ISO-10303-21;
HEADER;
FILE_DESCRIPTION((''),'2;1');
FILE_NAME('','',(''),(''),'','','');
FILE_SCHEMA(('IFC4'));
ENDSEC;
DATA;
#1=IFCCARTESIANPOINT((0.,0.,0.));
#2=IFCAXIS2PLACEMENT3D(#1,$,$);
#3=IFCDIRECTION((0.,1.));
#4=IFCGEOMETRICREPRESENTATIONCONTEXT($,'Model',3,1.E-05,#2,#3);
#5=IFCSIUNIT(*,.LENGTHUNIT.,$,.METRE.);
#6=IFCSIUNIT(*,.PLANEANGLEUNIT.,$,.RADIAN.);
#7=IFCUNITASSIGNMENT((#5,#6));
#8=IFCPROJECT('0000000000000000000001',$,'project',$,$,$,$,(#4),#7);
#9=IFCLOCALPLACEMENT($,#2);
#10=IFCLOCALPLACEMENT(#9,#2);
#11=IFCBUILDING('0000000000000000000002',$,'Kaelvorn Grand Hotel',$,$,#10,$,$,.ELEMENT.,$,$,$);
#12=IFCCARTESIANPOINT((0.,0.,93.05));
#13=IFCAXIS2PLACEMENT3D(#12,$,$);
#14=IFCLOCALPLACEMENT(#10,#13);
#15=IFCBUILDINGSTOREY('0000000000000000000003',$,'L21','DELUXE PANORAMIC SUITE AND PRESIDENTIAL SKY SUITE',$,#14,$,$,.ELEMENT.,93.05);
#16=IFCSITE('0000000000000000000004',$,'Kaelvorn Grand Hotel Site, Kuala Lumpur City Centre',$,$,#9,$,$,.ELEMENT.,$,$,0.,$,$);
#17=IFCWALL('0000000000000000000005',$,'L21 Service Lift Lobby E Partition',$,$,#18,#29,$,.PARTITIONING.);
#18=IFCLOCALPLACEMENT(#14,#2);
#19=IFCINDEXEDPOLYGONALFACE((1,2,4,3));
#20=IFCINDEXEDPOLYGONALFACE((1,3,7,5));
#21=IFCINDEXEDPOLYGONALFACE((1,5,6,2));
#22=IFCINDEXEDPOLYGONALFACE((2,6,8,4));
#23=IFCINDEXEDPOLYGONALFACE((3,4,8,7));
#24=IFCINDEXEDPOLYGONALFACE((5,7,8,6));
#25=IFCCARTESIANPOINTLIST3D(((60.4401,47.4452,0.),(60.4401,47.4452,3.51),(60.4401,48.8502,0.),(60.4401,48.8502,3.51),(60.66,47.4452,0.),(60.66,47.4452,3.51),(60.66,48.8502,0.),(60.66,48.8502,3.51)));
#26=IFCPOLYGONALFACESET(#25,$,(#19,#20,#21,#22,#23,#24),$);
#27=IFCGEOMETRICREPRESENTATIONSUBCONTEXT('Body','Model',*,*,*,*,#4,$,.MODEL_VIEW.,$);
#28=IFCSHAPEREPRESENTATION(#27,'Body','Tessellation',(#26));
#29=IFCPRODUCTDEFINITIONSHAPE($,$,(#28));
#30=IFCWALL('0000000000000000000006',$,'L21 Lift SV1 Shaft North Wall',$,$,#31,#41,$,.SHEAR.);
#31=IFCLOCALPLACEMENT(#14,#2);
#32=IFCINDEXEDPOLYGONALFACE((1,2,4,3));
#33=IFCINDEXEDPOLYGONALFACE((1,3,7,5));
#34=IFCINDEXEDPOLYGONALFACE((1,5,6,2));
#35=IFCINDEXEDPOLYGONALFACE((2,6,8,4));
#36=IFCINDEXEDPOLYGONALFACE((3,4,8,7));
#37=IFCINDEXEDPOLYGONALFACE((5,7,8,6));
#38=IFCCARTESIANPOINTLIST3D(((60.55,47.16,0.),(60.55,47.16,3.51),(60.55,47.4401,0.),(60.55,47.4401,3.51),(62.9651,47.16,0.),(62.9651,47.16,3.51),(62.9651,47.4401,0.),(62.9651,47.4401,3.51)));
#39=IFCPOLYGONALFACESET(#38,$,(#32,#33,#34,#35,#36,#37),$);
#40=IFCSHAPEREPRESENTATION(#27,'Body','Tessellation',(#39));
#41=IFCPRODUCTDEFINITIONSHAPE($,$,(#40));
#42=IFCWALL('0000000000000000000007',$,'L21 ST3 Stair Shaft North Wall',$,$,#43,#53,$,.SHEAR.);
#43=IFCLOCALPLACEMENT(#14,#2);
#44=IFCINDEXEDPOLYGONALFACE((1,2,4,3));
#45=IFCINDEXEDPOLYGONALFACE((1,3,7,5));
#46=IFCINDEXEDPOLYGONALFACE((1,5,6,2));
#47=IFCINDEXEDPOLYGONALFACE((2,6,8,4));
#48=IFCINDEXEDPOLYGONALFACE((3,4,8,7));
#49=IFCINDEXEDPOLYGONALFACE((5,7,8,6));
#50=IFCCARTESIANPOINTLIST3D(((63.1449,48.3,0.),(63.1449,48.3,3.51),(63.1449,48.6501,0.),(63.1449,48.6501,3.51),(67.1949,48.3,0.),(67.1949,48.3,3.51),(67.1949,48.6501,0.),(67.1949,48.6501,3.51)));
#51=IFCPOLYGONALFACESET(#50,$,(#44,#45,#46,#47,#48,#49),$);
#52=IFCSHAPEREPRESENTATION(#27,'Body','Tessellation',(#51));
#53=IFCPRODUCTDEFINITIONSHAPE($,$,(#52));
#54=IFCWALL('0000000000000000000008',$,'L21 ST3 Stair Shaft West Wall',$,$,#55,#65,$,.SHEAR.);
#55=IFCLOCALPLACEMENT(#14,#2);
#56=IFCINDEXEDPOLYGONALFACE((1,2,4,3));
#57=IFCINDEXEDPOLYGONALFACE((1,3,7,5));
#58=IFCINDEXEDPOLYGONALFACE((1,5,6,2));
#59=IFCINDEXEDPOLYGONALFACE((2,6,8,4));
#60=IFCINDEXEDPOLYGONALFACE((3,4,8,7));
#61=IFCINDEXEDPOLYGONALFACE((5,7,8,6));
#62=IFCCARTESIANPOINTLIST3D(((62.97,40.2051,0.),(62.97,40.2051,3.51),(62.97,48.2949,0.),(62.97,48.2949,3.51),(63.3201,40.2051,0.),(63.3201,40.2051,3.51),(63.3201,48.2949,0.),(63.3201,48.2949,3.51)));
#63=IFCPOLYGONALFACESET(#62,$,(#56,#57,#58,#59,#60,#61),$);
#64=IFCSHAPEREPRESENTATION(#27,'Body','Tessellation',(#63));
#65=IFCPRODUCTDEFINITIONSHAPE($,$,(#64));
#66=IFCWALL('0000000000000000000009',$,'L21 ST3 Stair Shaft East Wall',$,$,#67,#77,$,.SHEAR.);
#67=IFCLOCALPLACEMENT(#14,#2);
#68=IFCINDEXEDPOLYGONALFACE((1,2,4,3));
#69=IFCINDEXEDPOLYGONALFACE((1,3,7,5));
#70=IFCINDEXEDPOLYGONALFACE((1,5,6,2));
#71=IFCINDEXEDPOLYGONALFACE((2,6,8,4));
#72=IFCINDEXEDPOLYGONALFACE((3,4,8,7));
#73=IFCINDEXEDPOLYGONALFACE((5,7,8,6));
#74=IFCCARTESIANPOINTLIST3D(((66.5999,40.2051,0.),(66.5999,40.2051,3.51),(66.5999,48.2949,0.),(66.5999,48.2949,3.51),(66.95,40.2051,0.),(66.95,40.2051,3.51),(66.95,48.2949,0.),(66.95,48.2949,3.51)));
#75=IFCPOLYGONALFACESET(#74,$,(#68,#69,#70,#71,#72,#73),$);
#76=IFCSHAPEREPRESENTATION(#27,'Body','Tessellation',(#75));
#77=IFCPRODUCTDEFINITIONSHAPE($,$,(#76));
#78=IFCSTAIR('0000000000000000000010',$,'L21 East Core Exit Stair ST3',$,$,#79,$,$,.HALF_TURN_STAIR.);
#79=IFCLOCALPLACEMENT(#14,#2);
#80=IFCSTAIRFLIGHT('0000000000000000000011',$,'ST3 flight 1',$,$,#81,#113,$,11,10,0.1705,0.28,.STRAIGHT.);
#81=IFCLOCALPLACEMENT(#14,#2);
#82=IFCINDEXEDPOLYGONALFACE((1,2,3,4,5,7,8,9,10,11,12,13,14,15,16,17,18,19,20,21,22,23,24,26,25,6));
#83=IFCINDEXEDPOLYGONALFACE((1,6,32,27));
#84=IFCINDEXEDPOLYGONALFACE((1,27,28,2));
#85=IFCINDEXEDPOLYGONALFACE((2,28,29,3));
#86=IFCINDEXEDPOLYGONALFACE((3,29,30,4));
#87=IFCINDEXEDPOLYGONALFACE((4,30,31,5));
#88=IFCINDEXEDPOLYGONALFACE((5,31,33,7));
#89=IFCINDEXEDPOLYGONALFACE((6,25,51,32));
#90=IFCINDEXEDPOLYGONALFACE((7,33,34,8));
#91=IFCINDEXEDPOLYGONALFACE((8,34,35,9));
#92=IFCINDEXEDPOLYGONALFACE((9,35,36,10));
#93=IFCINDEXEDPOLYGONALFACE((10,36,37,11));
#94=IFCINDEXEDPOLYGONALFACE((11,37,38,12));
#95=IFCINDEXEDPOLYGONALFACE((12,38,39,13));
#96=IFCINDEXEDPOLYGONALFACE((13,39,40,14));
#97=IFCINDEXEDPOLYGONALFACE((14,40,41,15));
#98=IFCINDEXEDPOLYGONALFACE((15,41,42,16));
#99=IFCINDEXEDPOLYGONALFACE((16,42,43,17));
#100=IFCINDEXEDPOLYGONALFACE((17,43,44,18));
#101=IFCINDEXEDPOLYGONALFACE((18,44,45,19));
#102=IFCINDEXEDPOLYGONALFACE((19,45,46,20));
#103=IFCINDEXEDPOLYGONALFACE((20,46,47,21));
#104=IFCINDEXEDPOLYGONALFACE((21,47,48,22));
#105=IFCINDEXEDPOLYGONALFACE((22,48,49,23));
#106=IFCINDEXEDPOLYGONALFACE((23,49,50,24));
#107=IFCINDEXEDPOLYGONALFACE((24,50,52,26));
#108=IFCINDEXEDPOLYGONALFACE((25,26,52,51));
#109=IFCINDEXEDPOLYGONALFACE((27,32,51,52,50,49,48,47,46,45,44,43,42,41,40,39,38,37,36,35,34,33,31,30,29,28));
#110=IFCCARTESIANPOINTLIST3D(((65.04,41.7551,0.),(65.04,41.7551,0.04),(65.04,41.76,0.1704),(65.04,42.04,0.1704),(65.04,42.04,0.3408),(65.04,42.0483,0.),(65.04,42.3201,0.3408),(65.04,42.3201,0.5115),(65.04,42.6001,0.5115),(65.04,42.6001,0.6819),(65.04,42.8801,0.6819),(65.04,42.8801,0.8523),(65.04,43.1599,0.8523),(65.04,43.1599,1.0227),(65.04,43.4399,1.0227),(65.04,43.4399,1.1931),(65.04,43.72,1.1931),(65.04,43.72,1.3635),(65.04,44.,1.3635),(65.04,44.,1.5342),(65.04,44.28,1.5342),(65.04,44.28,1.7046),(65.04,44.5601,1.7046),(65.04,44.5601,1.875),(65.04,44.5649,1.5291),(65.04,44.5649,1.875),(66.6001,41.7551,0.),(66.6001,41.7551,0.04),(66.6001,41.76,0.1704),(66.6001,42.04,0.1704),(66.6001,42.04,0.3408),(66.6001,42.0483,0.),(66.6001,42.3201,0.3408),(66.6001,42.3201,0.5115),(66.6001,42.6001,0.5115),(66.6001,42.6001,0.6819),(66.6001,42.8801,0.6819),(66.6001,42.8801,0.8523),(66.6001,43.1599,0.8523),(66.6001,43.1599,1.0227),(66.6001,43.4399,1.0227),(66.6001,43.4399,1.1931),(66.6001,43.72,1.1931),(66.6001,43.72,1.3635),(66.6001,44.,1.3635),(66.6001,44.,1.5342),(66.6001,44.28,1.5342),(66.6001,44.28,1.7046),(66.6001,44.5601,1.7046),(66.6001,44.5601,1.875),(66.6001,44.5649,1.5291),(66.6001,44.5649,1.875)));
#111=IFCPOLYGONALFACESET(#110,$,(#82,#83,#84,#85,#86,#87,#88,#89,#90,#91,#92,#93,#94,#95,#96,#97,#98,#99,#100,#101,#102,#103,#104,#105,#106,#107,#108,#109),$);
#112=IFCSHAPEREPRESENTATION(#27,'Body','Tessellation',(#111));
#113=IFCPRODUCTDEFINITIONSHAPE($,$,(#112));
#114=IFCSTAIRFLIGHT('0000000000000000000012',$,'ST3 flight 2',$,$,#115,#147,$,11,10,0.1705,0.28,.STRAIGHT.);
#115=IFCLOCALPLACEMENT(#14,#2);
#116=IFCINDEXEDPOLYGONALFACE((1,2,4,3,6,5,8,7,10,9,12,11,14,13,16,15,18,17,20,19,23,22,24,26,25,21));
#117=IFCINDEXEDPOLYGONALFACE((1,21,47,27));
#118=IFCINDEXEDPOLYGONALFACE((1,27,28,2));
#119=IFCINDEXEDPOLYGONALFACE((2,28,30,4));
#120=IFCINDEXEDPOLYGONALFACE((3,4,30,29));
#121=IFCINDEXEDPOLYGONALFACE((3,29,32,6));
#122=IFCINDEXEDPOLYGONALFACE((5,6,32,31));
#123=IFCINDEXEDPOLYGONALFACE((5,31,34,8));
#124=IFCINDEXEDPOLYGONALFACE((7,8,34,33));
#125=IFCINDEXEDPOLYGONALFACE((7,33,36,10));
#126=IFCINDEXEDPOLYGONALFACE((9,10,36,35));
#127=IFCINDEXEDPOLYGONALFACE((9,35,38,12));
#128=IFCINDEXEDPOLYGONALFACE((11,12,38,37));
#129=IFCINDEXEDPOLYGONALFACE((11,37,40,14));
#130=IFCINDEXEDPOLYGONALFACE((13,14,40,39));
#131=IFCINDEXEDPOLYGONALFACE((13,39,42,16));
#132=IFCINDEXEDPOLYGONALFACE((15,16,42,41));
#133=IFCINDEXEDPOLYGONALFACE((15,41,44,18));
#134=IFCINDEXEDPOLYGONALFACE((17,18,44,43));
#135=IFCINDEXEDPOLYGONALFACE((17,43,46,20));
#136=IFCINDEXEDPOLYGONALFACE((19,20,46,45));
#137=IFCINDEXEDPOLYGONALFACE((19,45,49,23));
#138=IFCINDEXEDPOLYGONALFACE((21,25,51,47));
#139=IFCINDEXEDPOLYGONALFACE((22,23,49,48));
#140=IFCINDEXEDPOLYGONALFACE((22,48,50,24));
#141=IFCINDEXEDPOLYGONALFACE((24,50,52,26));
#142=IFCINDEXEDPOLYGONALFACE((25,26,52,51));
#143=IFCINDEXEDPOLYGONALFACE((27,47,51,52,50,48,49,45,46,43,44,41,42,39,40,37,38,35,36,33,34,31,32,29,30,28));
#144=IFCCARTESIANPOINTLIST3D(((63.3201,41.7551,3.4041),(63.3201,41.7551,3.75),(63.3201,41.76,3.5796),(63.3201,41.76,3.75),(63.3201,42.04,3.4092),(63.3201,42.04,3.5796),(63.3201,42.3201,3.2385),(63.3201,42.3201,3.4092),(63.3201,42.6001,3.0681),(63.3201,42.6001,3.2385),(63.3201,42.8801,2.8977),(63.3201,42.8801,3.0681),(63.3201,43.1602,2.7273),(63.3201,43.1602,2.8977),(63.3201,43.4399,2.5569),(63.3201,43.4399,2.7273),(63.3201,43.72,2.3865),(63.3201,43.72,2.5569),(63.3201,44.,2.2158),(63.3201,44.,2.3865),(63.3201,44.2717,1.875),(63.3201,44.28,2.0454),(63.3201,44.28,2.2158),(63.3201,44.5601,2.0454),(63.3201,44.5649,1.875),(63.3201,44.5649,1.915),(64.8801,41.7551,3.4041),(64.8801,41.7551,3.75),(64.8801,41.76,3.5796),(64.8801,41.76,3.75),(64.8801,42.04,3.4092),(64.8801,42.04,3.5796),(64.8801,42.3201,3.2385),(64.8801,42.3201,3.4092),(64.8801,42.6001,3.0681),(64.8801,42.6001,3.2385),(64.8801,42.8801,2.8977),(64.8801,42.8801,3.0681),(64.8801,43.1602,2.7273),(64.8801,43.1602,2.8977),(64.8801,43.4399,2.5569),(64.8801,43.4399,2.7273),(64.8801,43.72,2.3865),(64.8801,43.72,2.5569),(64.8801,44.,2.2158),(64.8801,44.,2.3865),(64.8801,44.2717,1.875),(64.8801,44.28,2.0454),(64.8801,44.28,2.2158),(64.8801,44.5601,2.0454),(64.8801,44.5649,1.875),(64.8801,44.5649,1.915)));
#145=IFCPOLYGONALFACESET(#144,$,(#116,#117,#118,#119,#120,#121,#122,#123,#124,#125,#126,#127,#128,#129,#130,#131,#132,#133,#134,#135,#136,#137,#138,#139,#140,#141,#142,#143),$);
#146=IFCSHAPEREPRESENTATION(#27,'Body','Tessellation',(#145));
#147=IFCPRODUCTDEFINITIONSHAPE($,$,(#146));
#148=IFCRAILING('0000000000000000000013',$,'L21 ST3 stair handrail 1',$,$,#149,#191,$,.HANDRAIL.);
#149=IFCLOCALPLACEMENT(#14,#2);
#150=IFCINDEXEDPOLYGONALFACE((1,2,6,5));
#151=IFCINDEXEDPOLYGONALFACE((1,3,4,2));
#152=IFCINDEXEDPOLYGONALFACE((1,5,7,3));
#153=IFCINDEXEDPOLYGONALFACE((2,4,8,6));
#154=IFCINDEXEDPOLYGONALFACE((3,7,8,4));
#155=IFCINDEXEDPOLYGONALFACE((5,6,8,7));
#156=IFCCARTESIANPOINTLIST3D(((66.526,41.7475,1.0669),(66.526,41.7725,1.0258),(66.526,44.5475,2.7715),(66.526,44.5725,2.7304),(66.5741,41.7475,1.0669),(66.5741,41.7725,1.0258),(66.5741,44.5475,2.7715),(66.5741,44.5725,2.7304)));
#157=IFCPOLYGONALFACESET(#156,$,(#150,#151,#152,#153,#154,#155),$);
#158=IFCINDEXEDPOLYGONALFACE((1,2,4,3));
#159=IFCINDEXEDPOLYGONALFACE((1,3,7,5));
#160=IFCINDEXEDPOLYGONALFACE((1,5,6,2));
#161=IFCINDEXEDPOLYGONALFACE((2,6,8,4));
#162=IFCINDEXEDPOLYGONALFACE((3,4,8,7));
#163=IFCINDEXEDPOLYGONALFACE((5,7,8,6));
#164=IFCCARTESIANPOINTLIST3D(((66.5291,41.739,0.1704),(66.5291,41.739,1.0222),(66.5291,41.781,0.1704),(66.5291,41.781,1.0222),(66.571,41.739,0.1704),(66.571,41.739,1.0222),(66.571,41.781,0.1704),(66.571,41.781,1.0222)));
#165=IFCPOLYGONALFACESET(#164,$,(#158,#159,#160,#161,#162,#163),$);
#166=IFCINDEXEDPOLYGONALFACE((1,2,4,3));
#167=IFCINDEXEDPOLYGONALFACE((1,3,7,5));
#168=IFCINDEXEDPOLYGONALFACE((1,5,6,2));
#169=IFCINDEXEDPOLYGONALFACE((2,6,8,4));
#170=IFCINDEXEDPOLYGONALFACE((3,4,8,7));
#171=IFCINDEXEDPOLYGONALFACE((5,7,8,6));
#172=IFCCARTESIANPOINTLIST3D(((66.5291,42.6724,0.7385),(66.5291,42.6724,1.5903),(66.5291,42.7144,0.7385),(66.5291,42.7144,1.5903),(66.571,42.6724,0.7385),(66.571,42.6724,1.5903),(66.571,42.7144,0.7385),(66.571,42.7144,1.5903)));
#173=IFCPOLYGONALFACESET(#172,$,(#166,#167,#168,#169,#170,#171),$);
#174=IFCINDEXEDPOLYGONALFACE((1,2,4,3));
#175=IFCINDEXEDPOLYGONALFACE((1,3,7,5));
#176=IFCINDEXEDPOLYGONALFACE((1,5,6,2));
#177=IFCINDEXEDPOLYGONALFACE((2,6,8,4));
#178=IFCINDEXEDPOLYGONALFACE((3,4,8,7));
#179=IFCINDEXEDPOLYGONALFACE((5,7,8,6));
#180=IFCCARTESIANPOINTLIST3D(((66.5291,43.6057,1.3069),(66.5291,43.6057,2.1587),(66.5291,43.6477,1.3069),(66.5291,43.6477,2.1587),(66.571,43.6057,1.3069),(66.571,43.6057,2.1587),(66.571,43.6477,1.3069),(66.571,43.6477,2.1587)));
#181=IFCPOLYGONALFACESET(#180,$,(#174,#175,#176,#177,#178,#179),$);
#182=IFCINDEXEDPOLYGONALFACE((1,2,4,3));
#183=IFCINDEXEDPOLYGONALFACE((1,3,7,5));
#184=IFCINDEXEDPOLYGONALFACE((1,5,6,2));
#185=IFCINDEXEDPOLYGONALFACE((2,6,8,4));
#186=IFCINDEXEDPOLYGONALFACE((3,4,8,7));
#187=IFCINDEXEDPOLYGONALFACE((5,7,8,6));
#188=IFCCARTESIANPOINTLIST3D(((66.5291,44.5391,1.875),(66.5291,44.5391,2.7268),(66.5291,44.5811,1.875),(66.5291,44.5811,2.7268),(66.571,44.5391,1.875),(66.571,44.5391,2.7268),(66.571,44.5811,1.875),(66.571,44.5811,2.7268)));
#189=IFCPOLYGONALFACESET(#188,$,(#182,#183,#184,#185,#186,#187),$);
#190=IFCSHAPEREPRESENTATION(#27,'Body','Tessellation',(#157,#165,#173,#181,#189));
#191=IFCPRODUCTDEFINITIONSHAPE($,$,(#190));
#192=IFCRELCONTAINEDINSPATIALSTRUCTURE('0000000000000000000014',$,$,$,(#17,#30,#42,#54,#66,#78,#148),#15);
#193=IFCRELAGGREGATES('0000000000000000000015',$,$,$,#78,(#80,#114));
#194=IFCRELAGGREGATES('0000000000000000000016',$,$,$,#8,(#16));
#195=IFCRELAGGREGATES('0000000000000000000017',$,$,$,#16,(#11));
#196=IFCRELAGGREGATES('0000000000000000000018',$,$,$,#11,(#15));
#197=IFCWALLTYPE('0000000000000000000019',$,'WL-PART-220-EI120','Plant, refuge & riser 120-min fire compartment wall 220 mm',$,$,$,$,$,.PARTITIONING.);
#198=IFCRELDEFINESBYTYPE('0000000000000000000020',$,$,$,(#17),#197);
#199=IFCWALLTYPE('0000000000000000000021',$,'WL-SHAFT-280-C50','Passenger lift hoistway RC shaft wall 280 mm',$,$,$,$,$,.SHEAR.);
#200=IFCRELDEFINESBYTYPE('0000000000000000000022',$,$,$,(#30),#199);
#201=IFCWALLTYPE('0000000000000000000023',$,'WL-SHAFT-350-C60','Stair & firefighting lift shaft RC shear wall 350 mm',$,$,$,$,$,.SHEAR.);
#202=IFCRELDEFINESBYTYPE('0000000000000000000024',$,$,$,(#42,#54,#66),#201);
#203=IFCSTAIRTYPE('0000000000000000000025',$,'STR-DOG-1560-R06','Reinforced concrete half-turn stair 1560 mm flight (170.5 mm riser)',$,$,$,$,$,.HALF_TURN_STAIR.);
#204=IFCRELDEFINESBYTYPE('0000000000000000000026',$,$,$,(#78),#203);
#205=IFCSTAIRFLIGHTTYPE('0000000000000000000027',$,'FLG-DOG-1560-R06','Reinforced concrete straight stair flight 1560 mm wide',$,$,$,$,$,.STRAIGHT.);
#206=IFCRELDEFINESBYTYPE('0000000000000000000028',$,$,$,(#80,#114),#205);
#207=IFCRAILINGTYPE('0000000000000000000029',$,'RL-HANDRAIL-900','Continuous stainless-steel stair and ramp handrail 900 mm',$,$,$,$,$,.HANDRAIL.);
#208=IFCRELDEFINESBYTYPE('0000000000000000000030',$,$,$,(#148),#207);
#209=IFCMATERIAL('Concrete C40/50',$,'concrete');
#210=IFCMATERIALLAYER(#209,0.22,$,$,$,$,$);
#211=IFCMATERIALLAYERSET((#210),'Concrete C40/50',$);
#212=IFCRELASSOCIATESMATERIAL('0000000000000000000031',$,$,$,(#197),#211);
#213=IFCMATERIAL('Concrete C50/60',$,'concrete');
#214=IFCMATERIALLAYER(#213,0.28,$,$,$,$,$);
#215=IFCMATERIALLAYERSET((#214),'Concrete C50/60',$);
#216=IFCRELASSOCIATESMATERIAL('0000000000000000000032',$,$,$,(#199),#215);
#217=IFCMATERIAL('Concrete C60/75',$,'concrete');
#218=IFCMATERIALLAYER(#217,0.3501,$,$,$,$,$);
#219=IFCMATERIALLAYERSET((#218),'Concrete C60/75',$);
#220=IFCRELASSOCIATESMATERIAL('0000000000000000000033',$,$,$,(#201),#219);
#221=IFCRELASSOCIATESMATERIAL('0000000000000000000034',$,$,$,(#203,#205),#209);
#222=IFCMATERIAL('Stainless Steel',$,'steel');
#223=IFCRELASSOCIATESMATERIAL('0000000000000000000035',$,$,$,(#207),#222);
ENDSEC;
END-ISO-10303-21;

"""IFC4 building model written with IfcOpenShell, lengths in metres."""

from ifc_helpers import new_model, si_unit, direction, frame, frame_2d, origin, origin_2d, place, context, subcontext, project, spatial, polyline, rectangle, outline, extrude, material, layer, layer_set, type_object, element, aggregate, save


model = new_model("IFC4")

# Units and contexts
model_context = context("Model", 3, precision=1e-05, world=origin(), true_north=direction((0.0, 1.0)))
body_context = subcontext(model_context, "Body", "Model", "MODEL_VIEW")
ifc_project = project(units=[si_unit("LENGTHUNIT", "METRE"), si_unit("PLANEANGLEUNIT", "RADIAN")], contexts=[model_context])

# Site, building, storey
site_placement = place(None, origin())
site = spatial("IfcSite", under=ifc_project, at=site_placement, Name="Kaelvorn Grand Hotel Site, Kuala Lumpur City Centre", CompositionType="ELEMENT", RefElevation=0.0)
building_placement = place(site_placement, origin())
building = spatial("IfcBuilding", under=site, at=building_placement, Name="Kaelvorn Grand Hotel", CompositionType="ELEMENT")
storey_placement = place(building_placement, frame((0.0, 0.0, 93.05)))
storey = spatial("IfcBuildingStorey", under=building, at=storey_placement, Name="L21", Description="DELUXE PANORAMIC SUITE AND PRESIDENTIAL SKY SUITE", CompositionType="ELEMENT", Elevation=93.05)

# Shared definitions
ifc_material_1 = material(Name="Concrete C60/75", Category="concrete")

# Walls
ifc_material_2 = material(Name="Concrete C40/50", Category="concrete")
ifc_layer_1 = layer(ifc_material_2, 0.22)
ifc_layer_set_1 = layer_set([ifc_layer_1], Name="Concrete C40/50")
wall_type_1 = type_object("IfcWallType", Name="WL-PART-220-EI120", Description="Plant, refuge & riser 120-min fire compartment wall 220 mm", PredefinedType="PARTITIONING", material=ifc_layer_set_1)
wall_1_placement = place(storey_placement, frame((60.55, 47.4451, 0.0), z_axis=(0.0, 0.0, 1.0), x_axis=(0.0, 1.0, 0.0)))
element("IfcWall", 1, at=wall_1_placement, inside=storey, type_object=wall_type_1, Name="L21 Service Lift Lobby E Partition", PredefinedType="PARTITIONING", context=body_context, shape_type="SweptSolid", body=[
    extrude(rectangle(XDim=1.405, YDim=0.22, at=frame_2d((0.7026, 0.0))), origin(), (0.0, 0.0, 1.0), 3.51),
])
ifc_material_3 = material(Name="Concrete C50/60", Category="concrete")
ifc_layer_2 = layer(ifc_material_3, 0.28)
ifc_layer_set_2 = layer_set([ifc_layer_2], Name="Concrete C50/60")
wall_type_2 = type_object("IfcWallType", Name="WL-SHAFT-280-C50", Description="Passenger lift hoistway RC shaft wall 280 mm", PredefinedType="SHEAR", material=ifc_layer_set_2)
wall_2_placement = place(storey_placement, frame((60.55, 47.3, 0.0), z_axis=(0.0, 0.0, 1.0), x_axis=(1.0, 0.0, 0.0)))
element("IfcWall", 2, at=wall_2_placement, inside=storey, type_object=wall_type_2, Name="L21 Lift SV1 Shaft North Wall", PredefinedType="SHEAR", context=body_context, shape_type="SweptSolid", body=[
    extrude(rectangle(XDim=2.415, YDim=0.28, at=frame_2d((1.2075, 0.0))), origin(), (0.0, 0.0, 1.0), 3.51),
])

# Shared definitions
ifc_layer_3 = layer(ifc_material_1, 0.3501)
ifc_layer_set_3 = layer_set([ifc_layer_3], Name="Concrete C60/75")
wall_type_3 = type_object("IfcWallType", Name="WL-SHAFT-350-C60", Description="Stair & firefighting lift shaft RC shear wall 350 mm", PredefinedType="SHEAR", material=ifc_layer_set_3)

# Walls
wall_3_placement = place(storey_placement, frame((63.145, 48.4751, 0.0), z_axis=(0.0, 0.0, 1.0), x_axis=(1.0, 0.0, 0.0)))
element("IfcWall", 3, at=wall_3_placement, inside=storey, type_object=wall_type_3, Name="L21 ST3 Stair Shaft North Wall", PredefinedType="SHEAR", context=body_context, shape_type="SweptSolid", body=[
    extrude(rectangle(XDim=4.05, YDim=0.3501, at=frame_2d((2.0249, 0.0))), origin(), (0.0, 0.0, 1.0), 3.51),
])
for number, where, z_axis, x_axis, name in (
    (4, (63.145, 40.2051, 0.0), (0.0, 0.0, 1.0), (0.0, 1.0, 0.0), "L21 ST3 Stair Shaft West Wall"),
    (5, (66.7749, 40.2051, 0.0), (0.0, 0.0, 1.0), (0.0, 1.0, 0.0), "L21 ST3 Stair Shaft East Wall"),
):
    element("IfcWall", number, at=place(storey_placement, frame(where, z_axis=z_axis, x_axis=x_axis)), inside=storey, type_object=wall_type_3, Name=name, PredefinedType="SHEAR", context=body_context, shape_type="SweptSolid", body=[
        extrude(rectangle(XDim=8.0898, YDim=0.3501, at=frame_2d((4.0449, 0.0))), origin(), (0.0, 0.0, 1.0), 3.51),
    ])

# Stair, stair flights
stair_type = type_object("IfcStairType", Name="STR-DOG-1560-R06", Description="Reinforced concrete half-turn stair 1560 mm flight (170.5 mm riser)", PredefinedType="HALF_TURN_STAIR", material=ifc_material_2)
stair_placement = place(storey_placement, origin())
stair = element("IfcStair", 6, at=stair_placement, inside=storey, type_object=stair_type, Name="L21 East Core Exit Stair ST3", PredefinedType="HALF_TURN_STAIR")
stair_flight_type = type_object("IfcStairFlightType", Name="FLG-DOG-1560-R06", Description="Reinforced concrete straight stair flight 1560 mm wide", PredefinedType="STRAIGHT", material=ifc_material_2)
stair_flight_1_placement = place(storey_placement, frame((65.8201, 41.76, 0.0), z_axis=(0.0, 0.0, 1.0), x_axis=(0.0, 1.0, 0.0)))
stair_flight_1 = element("IfcStairFlight", 7, at=stair_flight_1_placement, type_object=stair_flight_type, Name="ST3 flight 1", NumberOfRisers=11, NumberOfTreads=10, PredefinedType="STRAIGHT", RiserHeight=0.1705, TreadLength=0.28, context=body_context, shape_type="SweptSolid", body=[
    extrude(outline(polyline([(-0.0049, 0.0), (-0.0049, 0.04), (0.0, 0.1704), (0.28, 0.1704), (0.28, 0.3408), (0.5601, 0.3408), (0.5601, 0.5115), (0.8401, 0.5115), (0.8401, 0.6819), (1.1201, 0.6819), (1.1201, 0.8523), (1.3999, 0.8523), (1.3999, 1.0227), (1.6799, 1.0227), (1.6799, 1.1931), (1.96, 1.1931), (1.96, 1.3635), (2.24, 1.3635), (2.24, 1.5342), (2.52, 1.5342), (2.52, 1.7046), (2.8, 1.7046), (2.8, 1.875), (2.8049, 1.875), (2.8049, 1.5291), (0.2883, 0.0), (-0.0049, 0.0)])), frame((0.0, 0.78, 0.0), z_axis=(0.0, -1.0, 0.0), x_axis=(1.0, 0.0, 0.0)), (0.0, 0.0, 1.0), 1.5601),
])
stair_flight_2_placement = place(storey_placement, frame((64.1001, 44.5601, 1.875), z_axis=(0.0, 0.0, 1.0), x_axis=(0.0, -1.0, 0.0)))
stair_flight_2 = element("IfcStairFlight", 8, at=stair_flight_2_placement, type_object=stair_flight_type, Name="ST3 flight 2", NumberOfRisers=11, NumberOfTreads=10, PredefinedType="STRAIGHT", RiserHeight=0.1705, TreadLength=0.28, context=body_context, shape_type="SweptSolid", body=[
    extrude(outline(polyline([(-0.0049, 0.0), (-0.0049, 0.04), (0.0, 0.1704), (0.28, 0.1704), (0.28, 0.3408), (0.5601, 0.3408), (0.5601, 0.5115), (0.8401, 0.5115), (0.8401, 0.6819), (1.1201, 0.6819), (1.1201, 0.8523), (1.3999, 0.8523), (1.3999, 1.0227), (1.6799, 1.0227), (1.6799, 1.1931), (1.96, 1.1931), (1.96, 1.3635), (2.24, 1.3635), (2.24, 1.5342), (2.52, 1.5342), (2.52, 1.7046), (2.8, 1.7046), (2.8, 1.875), (2.8049, 1.875), (2.8049, 1.5291), (0.2883, 0.0), (-0.0049, 0.0)])), frame((0.0, 0.78, 0.0), z_axis=(0.0, -1.0, 0.0), x_axis=(1.0, 0.0, 0.0)), (0.0, 0.0, 1.0), 1.5601),
])
aggregate(stair, [stair_flight_1, stair_flight_2])

# Railing
ifc_material_4 = material(Name="Stainless Steel", Category="steel")
railing_type_1 = type_object("IfcRailingType", Name="RL-HANDRAIL-900", Description="Continuous stainless-steel stair and ramp handrail 900 mm", PredefinedType="HANDRAIL", material=ifc_material_4)
railing_1_placement = place(storey_placement, frame((66.55, 41.76, 0.1704)))
element("IfcRailing", 9, at=railing_1_placement, inside=storey, type_object=railing_type_1, Name="L21 ST3 stair handrail 1", PredefinedType="HANDRAIL", context=body_context, shape_type="SweptSolid", body=[
    extrude(rectangle(XDim=0.0481, YDim=0.0481, at=origin_2d()), frame((0.0, 0.0, 0.876), z_axis=(0.0, 0.85417, 0.519994), x_axis=(-1.0, 0.0, 0.0)), (0.0, 0.0, 1.0), 3.2781),
    extrude(rectangle(XDim=0.042, YDim=0.042, at=origin_2d()), origin(), (0.0, 0.0, 1.0), 0.8518),
    extrude(rectangle(XDim=0.042, YDim=0.042, at=origin_2d()), frame((0.0, 0.9333, 0.5681)), (0.0, 0.0, 1.0), 0.8518),
    extrude(rectangle(XDim=0.042, YDim=0.042, at=origin_2d()), frame((0.0, 1.8667, 1.1365)), (0.0, 0.0, 1.0), 0.8518),
    extrude(rectangle(XDim=0.042, YDim=0.042, at=origin_2d()), frame((0.0, 2.8, 1.7046)), (0.0, 0.0, 1.0), 0.8518),
])

save(model, "model.ifc")
